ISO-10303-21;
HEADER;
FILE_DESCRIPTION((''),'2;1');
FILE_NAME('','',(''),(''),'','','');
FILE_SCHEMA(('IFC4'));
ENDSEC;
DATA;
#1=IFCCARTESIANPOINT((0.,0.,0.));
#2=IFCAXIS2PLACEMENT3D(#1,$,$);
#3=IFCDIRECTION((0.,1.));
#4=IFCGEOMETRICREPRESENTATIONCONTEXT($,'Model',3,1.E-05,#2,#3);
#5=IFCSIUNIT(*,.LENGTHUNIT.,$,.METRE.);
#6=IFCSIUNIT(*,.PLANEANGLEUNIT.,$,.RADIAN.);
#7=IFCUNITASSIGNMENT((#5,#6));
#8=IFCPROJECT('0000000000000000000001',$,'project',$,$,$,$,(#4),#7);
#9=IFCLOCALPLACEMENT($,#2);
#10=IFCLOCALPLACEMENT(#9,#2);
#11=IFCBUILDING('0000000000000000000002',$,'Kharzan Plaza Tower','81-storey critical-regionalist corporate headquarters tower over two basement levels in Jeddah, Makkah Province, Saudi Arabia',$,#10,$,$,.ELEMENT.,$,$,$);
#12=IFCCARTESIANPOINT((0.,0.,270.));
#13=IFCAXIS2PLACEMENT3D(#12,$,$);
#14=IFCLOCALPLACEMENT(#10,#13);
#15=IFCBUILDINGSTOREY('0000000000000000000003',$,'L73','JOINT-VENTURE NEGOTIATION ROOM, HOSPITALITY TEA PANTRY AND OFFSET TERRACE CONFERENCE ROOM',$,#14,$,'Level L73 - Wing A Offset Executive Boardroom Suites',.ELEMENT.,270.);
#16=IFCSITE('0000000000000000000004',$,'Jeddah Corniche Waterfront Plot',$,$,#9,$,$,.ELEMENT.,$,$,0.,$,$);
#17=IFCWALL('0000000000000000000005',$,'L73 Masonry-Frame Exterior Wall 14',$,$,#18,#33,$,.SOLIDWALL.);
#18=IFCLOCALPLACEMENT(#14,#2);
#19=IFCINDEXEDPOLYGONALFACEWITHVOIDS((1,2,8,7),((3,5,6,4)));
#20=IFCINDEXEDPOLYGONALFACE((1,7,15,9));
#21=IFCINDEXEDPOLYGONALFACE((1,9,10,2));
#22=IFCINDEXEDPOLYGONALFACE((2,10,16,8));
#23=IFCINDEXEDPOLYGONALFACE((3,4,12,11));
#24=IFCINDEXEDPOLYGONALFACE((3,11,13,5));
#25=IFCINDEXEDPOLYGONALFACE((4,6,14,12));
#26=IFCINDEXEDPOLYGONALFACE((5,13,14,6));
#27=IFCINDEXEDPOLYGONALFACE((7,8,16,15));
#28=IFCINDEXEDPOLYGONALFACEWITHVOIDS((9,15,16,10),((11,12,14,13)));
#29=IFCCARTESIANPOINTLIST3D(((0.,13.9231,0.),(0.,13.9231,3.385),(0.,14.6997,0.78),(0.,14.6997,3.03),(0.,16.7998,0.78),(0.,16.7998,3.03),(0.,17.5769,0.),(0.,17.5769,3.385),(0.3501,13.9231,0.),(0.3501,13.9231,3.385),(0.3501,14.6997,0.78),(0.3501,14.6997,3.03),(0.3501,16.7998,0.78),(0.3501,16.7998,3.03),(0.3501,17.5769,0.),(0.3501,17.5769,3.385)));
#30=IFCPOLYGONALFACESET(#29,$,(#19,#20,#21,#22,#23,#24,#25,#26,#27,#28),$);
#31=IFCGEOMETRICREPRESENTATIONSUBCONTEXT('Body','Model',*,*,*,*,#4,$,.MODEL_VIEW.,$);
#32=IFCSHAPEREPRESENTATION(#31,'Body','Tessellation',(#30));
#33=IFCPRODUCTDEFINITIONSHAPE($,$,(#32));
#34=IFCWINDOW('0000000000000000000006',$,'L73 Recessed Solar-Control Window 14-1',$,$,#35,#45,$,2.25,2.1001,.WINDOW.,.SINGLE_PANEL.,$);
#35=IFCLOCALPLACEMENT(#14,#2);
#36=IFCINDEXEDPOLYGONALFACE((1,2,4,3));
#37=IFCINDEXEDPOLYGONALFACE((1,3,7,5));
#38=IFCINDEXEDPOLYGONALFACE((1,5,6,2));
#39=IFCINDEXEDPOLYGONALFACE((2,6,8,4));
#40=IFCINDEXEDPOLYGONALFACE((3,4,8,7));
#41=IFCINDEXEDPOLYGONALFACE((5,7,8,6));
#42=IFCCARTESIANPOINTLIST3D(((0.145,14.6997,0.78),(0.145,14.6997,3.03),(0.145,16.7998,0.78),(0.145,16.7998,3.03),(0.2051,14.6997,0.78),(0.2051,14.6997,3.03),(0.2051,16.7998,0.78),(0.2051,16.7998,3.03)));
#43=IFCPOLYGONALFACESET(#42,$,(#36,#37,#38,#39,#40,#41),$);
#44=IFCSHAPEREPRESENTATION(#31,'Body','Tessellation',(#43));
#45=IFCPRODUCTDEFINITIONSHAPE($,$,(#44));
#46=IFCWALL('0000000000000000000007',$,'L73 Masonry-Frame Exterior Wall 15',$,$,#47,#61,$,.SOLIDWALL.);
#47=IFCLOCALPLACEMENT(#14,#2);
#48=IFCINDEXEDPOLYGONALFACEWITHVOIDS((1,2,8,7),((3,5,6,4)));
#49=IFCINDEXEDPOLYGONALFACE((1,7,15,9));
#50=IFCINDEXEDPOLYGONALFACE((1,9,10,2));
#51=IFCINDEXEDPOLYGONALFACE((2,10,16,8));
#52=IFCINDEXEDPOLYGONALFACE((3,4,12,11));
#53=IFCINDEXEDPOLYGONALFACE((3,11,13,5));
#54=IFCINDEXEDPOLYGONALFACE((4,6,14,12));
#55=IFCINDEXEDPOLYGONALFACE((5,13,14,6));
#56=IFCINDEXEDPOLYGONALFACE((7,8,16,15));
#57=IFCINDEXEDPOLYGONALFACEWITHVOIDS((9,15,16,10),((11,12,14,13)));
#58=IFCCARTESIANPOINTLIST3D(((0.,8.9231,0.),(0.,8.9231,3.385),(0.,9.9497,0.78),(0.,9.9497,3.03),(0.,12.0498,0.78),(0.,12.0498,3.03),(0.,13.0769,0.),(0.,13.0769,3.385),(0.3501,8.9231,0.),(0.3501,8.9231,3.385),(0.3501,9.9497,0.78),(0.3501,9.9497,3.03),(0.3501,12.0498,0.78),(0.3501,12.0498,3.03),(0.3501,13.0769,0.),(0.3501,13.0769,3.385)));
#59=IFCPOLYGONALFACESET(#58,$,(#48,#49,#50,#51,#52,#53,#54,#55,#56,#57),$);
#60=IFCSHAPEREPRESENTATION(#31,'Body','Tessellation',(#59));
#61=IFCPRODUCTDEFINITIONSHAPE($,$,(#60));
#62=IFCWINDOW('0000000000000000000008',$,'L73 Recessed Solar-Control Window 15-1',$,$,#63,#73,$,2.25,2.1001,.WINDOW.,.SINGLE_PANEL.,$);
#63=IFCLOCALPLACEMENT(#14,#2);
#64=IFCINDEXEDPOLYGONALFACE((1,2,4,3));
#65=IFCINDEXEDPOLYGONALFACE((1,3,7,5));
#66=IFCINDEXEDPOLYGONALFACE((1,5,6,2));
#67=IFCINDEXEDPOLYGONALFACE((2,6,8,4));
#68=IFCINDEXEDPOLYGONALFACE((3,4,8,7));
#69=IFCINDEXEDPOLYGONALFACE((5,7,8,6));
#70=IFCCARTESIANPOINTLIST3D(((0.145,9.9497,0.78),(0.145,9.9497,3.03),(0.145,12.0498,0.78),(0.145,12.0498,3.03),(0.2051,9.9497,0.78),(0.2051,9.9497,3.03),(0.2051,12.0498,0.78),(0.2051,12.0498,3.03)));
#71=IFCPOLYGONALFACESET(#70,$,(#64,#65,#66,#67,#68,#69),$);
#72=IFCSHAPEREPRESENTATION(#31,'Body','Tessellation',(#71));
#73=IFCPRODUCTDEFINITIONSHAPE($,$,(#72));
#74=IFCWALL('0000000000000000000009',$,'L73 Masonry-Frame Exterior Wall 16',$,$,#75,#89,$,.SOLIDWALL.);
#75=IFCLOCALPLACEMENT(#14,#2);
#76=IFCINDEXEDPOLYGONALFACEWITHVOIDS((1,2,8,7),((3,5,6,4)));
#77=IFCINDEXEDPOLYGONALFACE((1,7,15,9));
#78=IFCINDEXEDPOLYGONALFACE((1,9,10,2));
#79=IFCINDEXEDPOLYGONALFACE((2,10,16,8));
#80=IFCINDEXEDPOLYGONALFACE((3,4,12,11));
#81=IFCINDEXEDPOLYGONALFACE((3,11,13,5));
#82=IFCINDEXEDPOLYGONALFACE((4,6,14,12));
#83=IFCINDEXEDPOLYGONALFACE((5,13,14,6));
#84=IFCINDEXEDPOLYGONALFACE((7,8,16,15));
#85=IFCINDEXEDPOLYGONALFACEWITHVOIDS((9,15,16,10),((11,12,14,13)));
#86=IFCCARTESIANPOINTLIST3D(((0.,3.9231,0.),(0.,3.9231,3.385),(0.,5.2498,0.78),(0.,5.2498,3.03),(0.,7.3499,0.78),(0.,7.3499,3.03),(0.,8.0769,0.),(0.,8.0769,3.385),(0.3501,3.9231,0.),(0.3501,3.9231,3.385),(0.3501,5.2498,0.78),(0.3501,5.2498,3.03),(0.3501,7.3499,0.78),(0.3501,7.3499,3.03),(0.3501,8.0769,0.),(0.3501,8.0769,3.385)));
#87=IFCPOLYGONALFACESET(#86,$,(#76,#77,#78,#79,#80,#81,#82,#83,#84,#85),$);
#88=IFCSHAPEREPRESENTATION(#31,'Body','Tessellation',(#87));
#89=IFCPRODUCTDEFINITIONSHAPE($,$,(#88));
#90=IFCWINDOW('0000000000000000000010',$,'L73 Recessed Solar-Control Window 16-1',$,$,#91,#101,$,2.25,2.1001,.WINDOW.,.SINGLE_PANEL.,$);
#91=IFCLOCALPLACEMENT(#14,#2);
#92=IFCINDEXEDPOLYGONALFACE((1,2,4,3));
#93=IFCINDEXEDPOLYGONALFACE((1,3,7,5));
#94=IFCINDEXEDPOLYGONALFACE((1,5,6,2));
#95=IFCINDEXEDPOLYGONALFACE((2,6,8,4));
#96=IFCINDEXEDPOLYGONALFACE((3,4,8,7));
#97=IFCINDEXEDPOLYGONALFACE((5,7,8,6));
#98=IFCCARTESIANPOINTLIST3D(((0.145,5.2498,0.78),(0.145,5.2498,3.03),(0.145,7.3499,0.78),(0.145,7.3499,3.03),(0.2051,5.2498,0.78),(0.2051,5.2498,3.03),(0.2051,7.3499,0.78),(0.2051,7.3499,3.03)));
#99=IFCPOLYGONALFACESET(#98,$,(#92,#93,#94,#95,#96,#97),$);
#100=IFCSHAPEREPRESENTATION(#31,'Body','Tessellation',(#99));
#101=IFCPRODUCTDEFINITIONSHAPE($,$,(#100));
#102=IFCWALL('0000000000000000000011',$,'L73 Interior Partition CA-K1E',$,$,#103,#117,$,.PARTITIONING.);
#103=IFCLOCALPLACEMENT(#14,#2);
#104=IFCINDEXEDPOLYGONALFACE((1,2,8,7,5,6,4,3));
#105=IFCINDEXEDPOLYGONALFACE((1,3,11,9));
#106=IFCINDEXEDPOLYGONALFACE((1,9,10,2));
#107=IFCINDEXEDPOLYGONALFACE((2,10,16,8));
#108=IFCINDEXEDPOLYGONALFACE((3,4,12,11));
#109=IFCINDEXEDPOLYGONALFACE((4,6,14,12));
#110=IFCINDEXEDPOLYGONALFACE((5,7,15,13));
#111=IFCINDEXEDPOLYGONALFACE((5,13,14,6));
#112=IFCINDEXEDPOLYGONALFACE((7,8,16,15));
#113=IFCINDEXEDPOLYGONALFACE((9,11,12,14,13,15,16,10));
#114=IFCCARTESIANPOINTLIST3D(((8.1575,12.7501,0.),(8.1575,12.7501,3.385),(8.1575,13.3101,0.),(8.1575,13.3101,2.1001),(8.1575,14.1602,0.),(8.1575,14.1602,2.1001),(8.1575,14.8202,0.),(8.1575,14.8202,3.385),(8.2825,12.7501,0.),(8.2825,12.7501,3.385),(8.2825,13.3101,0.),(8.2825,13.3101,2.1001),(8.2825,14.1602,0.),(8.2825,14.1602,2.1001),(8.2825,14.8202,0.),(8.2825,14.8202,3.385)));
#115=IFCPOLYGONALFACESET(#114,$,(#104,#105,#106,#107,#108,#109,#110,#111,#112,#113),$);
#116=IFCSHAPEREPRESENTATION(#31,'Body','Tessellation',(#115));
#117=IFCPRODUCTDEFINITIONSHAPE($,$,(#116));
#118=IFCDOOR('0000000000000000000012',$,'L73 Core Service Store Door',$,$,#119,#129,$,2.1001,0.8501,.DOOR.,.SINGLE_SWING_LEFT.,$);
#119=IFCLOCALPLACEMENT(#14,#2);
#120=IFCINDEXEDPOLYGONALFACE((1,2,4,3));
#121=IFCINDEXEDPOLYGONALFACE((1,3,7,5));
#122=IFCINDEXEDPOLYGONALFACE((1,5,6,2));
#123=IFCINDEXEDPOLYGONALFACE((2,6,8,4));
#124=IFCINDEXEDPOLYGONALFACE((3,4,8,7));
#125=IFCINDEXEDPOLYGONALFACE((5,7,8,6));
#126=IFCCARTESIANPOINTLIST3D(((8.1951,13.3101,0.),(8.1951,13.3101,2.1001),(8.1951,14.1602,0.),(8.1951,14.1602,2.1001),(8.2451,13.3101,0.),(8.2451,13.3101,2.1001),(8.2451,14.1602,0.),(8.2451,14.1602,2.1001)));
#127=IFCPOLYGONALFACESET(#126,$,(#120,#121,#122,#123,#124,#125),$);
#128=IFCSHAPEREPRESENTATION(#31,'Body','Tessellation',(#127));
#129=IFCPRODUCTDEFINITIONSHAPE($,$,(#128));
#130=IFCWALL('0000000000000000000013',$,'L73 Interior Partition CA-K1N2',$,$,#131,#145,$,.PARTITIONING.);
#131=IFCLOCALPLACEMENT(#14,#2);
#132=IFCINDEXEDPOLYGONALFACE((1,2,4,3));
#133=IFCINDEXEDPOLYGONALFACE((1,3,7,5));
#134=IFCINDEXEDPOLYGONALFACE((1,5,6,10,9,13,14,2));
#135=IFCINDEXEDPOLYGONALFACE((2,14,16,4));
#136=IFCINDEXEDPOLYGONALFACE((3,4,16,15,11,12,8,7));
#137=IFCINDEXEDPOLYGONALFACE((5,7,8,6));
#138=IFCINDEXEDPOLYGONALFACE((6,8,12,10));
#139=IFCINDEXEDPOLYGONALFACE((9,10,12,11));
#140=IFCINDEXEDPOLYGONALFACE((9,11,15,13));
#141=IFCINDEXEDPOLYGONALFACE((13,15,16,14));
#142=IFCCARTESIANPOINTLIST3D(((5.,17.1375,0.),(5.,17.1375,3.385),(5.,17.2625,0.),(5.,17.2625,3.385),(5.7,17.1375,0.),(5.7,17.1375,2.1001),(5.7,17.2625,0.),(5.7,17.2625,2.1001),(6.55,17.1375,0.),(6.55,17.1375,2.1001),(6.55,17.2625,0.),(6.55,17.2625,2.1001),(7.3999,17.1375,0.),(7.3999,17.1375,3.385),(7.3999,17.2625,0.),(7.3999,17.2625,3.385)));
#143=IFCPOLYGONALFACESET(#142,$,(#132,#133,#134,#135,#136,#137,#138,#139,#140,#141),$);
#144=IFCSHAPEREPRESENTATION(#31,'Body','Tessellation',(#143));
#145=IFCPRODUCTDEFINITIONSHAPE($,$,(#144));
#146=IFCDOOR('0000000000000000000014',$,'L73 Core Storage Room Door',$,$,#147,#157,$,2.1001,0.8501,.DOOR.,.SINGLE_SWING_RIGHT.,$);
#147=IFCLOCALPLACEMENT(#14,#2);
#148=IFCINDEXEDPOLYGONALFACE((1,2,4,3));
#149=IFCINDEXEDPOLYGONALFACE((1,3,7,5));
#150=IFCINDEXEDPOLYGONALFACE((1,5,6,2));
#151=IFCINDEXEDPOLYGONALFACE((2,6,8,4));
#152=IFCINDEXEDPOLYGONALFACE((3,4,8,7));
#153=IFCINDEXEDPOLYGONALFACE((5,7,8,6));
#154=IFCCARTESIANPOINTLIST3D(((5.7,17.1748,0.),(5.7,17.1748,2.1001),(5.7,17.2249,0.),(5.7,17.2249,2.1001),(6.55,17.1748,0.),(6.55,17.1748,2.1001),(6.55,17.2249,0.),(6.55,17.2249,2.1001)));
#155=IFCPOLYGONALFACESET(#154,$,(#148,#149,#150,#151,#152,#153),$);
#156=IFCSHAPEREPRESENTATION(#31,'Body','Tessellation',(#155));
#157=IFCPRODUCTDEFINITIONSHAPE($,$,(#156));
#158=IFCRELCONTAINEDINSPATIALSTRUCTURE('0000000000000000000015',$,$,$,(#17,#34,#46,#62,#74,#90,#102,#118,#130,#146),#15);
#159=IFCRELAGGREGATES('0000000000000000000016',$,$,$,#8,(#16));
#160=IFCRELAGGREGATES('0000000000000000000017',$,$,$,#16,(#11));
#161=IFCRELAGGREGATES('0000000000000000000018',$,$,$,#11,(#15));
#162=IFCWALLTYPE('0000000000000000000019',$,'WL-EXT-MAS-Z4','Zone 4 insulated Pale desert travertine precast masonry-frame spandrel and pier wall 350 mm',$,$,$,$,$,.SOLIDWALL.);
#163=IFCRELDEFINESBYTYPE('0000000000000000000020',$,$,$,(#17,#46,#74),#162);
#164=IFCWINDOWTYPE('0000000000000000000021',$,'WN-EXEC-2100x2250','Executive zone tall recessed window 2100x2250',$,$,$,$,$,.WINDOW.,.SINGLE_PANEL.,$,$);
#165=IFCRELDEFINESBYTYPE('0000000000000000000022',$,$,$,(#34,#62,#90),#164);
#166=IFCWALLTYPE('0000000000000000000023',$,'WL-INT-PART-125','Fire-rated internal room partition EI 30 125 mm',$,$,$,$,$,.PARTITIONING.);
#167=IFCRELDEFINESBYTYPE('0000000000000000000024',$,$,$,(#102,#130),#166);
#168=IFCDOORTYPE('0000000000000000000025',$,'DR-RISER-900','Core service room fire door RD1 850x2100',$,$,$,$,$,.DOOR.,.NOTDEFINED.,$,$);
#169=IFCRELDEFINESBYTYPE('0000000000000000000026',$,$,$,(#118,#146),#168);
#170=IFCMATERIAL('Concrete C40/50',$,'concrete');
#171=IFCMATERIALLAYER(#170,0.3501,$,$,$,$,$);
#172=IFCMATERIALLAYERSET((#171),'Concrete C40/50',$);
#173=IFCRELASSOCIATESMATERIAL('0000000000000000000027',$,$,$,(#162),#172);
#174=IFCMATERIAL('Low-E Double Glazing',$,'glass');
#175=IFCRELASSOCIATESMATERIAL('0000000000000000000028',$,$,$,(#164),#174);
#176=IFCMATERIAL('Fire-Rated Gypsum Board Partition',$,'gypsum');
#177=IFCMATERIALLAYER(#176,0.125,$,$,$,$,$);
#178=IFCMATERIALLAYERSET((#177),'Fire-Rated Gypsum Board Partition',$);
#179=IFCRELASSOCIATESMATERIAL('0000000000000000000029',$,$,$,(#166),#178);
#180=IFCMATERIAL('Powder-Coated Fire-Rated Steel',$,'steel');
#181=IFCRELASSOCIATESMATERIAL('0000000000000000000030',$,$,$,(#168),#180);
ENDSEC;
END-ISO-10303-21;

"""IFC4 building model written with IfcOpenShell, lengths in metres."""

from ifc_helpers import new_model, si_unit, direction, frame, frame_2d, origin, place, context, subcontext, project, spatial, rectangle, extrude, source, transform, mapped, material, layer, layer_set, type_object, element, fill, save


model = new_model("IFC4")

# Units and contexts
model_context = context("Model", 3, precision=1e-05, world=origin(), true_north=direction((0.0, 1.0)))
body_context = subcontext(model_context, "Body", "Model", "MODEL_VIEW")
ifc_project = project(units=[si_unit("LENGTHUNIT", "METRE"), si_unit("PLANEANGLEUNIT", "RADIAN")], contexts=[model_context])

# Site, building, storey
site_placement = place(None, origin())
site = spatial("IfcSite", under=ifc_project, at=site_placement, Name="Jeddah Corniche Waterfront Plot", CompositionType="ELEMENT", RefElevation=0.0)
building_placement = place(site_placement, origin())
building = spatial("IfcBuilding", under=site, at=building_placement, Name="Kharzan Plaza Tower", Description="81-storey critical-regionalist corporate headquarters tower over two basement levels in Jeddah, Makkah Province, Saudi Arabia", CompositionType="ELEMENT")
storey_placement = place(building_placement, frame((0.0, 0.0, 270.0)))
storey = spatial("IfcBuildingStorey", under=building, at=storey_placement, Name="L73", Description="JOINT-VENTURE NEGOTIATION ROOM, HOSPITALITY TEA PANTRY AND OFFSET TERRACE CONFERENCE ROOM", LongName="Level L73 - Wing A Offset Executive Boardroom Suites", CompositionType="ELEMENT", Elevation=270.0)

# Walls, openings, windows
ifc_material_1 = material(Name="Concrete C40/50", Category="concrete")
ifc_layer_1 = layer(ifc_material_1, 0.3501)
ifc_layer_set_1 = layer_set([ifc_layer_1], Name="Concrete C40/50")
wall_type_1 = type_object("IfcWallType", Name="WL-EXT-MAS-Z4", Description="Zone 4 insulated Pale desert travertine precast masonry-frame spandrel and pier wall 350 mm", PredefinedType="SOLIDWALL", material=ifc_layer_set_1)
wall_1_placement = place(storey_placement, frame((0.175, 17.5769, 0.0), z_axis=(0.0, 0.0, 1.0), x_axis=(0.0, -1.0, 0.0)))
wall_1 = element("IfcWall", 1, at=wall_1_placement, inside=storey, type_object=wall_type_1, Name="L73 Masonry-Frame Exterior Wall 14", PredefinedType="SOLIDWALL", context=body_context, shape_type="SweptSolid", body=[
    extrude(rectangle(XDim=3.6538, YDim=0.3501, at=frame_2d((1.8269, 0.0))), origin(), (0.0, 0.0, 1.0), 3.385),
])
opening_1_placement = place(wall_1_placement, frame((0.7771, 0.0, 0.78)))
opening_1 = element("IfcOpeningElement", 2, at=opening_1_placement, cuts=wall_1, PredefinedType="OPENING", context=body_context, shape_type="SweptSolid", body=[
    extrude(rectangle(XDim=2.1001, YDim=2.25, at=frame_2d((1.05, 1.125))), frame((0.0, 0.1851, 0.0), z_axis=(0.0, -1.0, 0.0), x_axis=(1.0, 0.0, 0.0)), (0.0, 0.0, 1.0), 0.3701),
])
ifc_material_2 = material(Name="Low-E Double Glazing", Category="glass")
window_type = type_object("IfcWindowType", Name="WN-EXEC-2100x2250", Description="Executive zone tall recessed window 2100x2250", PartitioningType="SINGLE_PANEL", PredefinedType="WINDOW", material=ifc_material_2)
shared_shape_1 = source(origin(), body_context, "Body", "SweptSolid", [
    extrude(rectangle(XDim=2.1001, YDim=2.25, at=frame_2d((1.05, 1.125))), frame((0.0, 0.03, 0.0), z_axis=(0.0, -1.0, 0.0), x_axis=(1.0, 0.0, 0.0)), (0.0, 0.0, 1.0), 0.0601),
])
window_1_placement = place(opening_1_placement, origin())
window_1 = element("IfcWindow", 3, at=window_1_placement, inside=storey, type_object=window_type, Name="L73 Recessed Solar-Control Window 14-1", OverallHeight=2.25, OverallWidth=2.1001, PartitioningType="SINGLE_PANEL", PredefinedType="WINDOW", context=body_context, shape_type="MappedRepresentation", body=[
    mapped(shared_shape_1, transform((0.0, 0.0, 0.0), x_axis=(1.0, 0.0, 0.0), y_axis=(0.0, 1.0, 0.0), z_axis=(0.0, 0.0, 1.0))),
])
fill(opening_1, window_1)
wall_2_placement = place(storey_placement, frame((0.175, 13.0769, 0.0), z_axis=(0.0, 0.0, 1.0), x_axis=(0.0, -1.0, 0.0)))
wall_2 = element("IfcWall", 4, at=wall_2_placement, inside=storey, type_object=wall_type_1, Name="L73 Masonry-Frame Exterior Wall 15", PredefinedType="SOLIDWALL", context=body_context, shape_type="SweptSolid", body=[
    extrude(rectangle(XDim=4.1538, YDim=0.3501, at=frame_2d((2.0769, 0.0))), origin(), (0.0, 0.0, 1.0), 3.385),
])
opening_2_placement = place(wall_2_placement, frame((1.0271, 0.0, 0.78)))
opening_2 = element("IfcOpeningElement", 5, at=opening_2_placement, cuts=wall_2, PredefinedType="OPENING", context=body_context, shape_type="SweptSolid", body=[
    extrude(rectangle(XDim=2.1001, YDim=2.25, at=frame_2d((1.05, 1.125))), frame((0.0, 0.1851, 0.0), z_axis=(0.0, -1.0, 0.0), x_axis=(1.0, 0.0, 0.0)), (0.0, 0.0, 1.0), 0.3701),
])
window_2_placement = place(opening_2_placement, origin())
window_2 = element("IfcWindow", 6, at=window_2_placement, inside=storey, type_object=window_type, Name="L73 Recessed Solar-Control Window 15-1", OverallHeight=2.25, OverallWidth=2.1001, PartitioningType="SINGLE_PANEL", PredefinedType="WINDOW", context=body_context, shape_type="MappedRepresentation", body=[
    mapped(shared_shape_1, transform((0.0, 0.0, 0.0), x_axis=(1.0, 0.0, 0.0), y_axis=(0.0, 1.0, 0.0), z_axis=(0.0, 0.0, 1.0))),
])
fill(opening_2, window_2)
wall_3_placement = place(storey_placement, frame((0.175, 8.0769, 0.0), z_axis=(0.0, 0.0, 1.0), x_axis=(0.0, -1.0, 0.0)))
wall_3 = element("IfcWall", 7, at=wall_3_placement, inside=storey, type_object=wall_type_1, Name="L73 Masonry-Frame Exterior Wall 16", PredefinedType="SOLIDWALL", context=body_context, shape_type="SweptSolid", body=[
    extrude(rectangle(XDim=4.1538, YDim=0.3501, at=frame_2d((2.0769, 0.0))), origin(), (0.0, 0.0, 1.0), 3.385),
])
opening_3_placement = place(wall_3_placement, frame((0.7271, 0.0, 0.78)))
opening_3 = element("IfcOpeningElement", 8, at=opening_3_placement, cuts=wall_3, PredefinedType="OPENING", context=body_context, shape_type="SweptSolid", body=[
    extrude(rectangle(XDim=2.1001, YDim=2.25, at=frame_2d((1.05, 1.125))), frame((0.0, 0.1851, 0.0), z_axis=(0.0, -1.0, 0.0), x_axis=(1.0, 0.0, 0.0)), (0.0, 0.0, 1.0), 0.3701),
])
window_3_placement = place(opening_3_placement, origin())
window_3 = element("IfcWindow", 9, at=window_3_placement, inside=storey, type_object=window_type, Name="L73 Recessed Solar-Control Window 16-1", OverallHeight=2.25, OverallWidth=2.1001, PartitioningType="SINGLE_PANEL", PredefinedType="WINDOW", context=body_context, shape_type="MappedRepresentation", body=[
    mapped(shared_shape_1, transform((0.0, 0.0, 0.0), x_axis=(1.0, 0.0, 0.0), y_axis=(0.0, 1.0, 0.0), z_axis=(0.0, 0.0, 1.0))),
])
fill(opening_3, window_3)

# Walls, openings, doors
ifc_material_3 = material(Name="Fire-Rated Gypsum Board Partition", Category="gypsum")
ifc_layer_2 = layer(ifc_material_3, 0.125)
ifc_layer_set_2 = layer_set([ifc_layer_2], Name="Fire-Rated Gypsum Board Partition")
wall_type_2 = type_object("IfcWallType", Name="WL-INT-PART-125", Description="Fire-rated internal room partition EI 30 125 mm", PredefinedType="PARTITIONING", material=ifc_layer_set_2)
wall_4_placement = place(storey_placement, frame((8.22, 12.75, 0.0), z_axis=(0.0, 0.0, 1.0), x_axis=(0.0, 1.0, 0.0)))
wall_4 = element("IfcWall", 10, at=wall_4_placement, inside=storey, type_object=wall_type_2, Name="L73 Interior Partition CA-K1E", PredefinedType="PARTITIONING", context=body_context, shape_type="SweptSolid", body=[
    extrude(rectangle(XDim=2.0701, YDim=0.125, at=frame_2d((1.0352, 0.0))), origin(), (0.0, 0.0, 1.0), 3.385),
])
opening_4_placement = place(wall_4_placement, frame((0.5601, 0.0, 0.0)))
opening_4 = element("IfcOpeningElement", 11, at=opening_4_placement, cuts=wall_4, PredefinedType="OPENING", context=body_context, shape_type="SweptSolid", body=[
    extrude(rectangle(XDim=0.8501, YDim=2.1001, at=frame_2d((0.425, 1.05))), frame((0.0, 0.0725, 0.0), z_axis=(0.0, -1.0, 0.0), x_axis=(1.0, 0.0, 0.0)), (0.0, 0.0, 1.0), 0.145),
])
ifc_material_4 = material(Name="Powder-Coated Fire-Rated Steel", Category="steel")
door_type_1 = type_object("IfcDoorType", Name="DR-RISER-900", Description="Core service room fire door RD1 850x2100", OperationType="NOTDEFINED", PredefinedType="DOOR", material=ifc_material_4)
shared_shape_2 = source(origin(), body_context, "Body", "SweptSolid", [
    extrude(rectangle(XDim=0.8501, YDim=2.1001, at=frame_2d((0.425, 1.05))), frame((0.0, 0.0249, 0.0), z_axis=(0.0, -1.0, 0.0), x_axis=(1.0, 0.0, 0.0)), (0.0, 0.0, 1.0), 0.05),
])
door_1_placement = place(opening_4_placement, origin())
door_1 = element("IfcDoor", 12, at=door_1_placement, inside=storey, type_object=door_type_1, Name="L73 Core Service Store Door", OperationType="SINGLE_SWING_LEFT", OverallHeight=2.1001, OverallWidth=0.8501, PredefinedType="DOOR", context=body_context, shape_type="MappedRepresentation", body=[
    mapped(shared_shape_2, transform((0.0, 0.0, 0.0), x_axis=(1.0, 0.0, 0.0), y_axis=(0.0, 1.0, 0.0), z_axis=(0.0, 0.0, 1.0))),
])
fill(opening_4, door_1)
wall_5_placement = place(storey_placement, frame((5.0, 17.2, 0.0), z_axis=(0.0, 0.0, 1.0), x_axis=(1.0, 0.0, 0.0)))
wall_5 = element("IfcWall", 13, at=wall_5_placement, inside=storey, type_object=wall_type_2, Name="L73 Interior Partition CA-K1N2", PredefinedType="PARTITIONING", context=body_context, shape_type="SweptSolid", body=[
    extrude(rectangle(XDim=2.3999, YDim=0.125, at=frame_2d((1.2, 0.0))), origin(), (0.0, 0.0, 1.0), 3.385),
])
opening_5_placement = place(wall_5_placement, frame((0.7, 0.0, 0.0)))
opening_5 = element("IfcOpeningElement", 14, at=opening_5_placement, cuts=wall_5, PredefinedType="OPENING", context=body_context, shape_type="SweptSolid", body=[
    extrude(rectangle(XDim=0.8501, YDim=2.1001, at=frame_2d((0.425, 1.05))), frame((0.0, 0.0725, 0.0), z_axis=(0.0, -1.0, 0.0), x_axis=(1.0, 0.0, 0.0)), (0.0, 0.0, 1.0), 0.145),
])
door_2_placement = place(opening_5_placement, origin())
door_2 = element("IfcDoor", 15, at=door_2_placement, inside=storey, type_object=door_type_1, Name="L73 Core Storage Room Door", OperationType="SINGLE_SWING_RIGHT", OverallHeight=2.1001, OverallWidth=0.8501, PredefinedType="DOOR", context=body_context, shape_type="MappedRepresentation", body=[
    mapped(shared_shape_2, transform((0.0, 0.0, 0.0), x_axis=(1.0, 0.0, 0.0), y_axis=(0.0, 1.0, 0.0), z_axis=(0.0, 0.0, 1.0))),
])
fill(opening_5, door_2)

save(model, "model.ifc")
